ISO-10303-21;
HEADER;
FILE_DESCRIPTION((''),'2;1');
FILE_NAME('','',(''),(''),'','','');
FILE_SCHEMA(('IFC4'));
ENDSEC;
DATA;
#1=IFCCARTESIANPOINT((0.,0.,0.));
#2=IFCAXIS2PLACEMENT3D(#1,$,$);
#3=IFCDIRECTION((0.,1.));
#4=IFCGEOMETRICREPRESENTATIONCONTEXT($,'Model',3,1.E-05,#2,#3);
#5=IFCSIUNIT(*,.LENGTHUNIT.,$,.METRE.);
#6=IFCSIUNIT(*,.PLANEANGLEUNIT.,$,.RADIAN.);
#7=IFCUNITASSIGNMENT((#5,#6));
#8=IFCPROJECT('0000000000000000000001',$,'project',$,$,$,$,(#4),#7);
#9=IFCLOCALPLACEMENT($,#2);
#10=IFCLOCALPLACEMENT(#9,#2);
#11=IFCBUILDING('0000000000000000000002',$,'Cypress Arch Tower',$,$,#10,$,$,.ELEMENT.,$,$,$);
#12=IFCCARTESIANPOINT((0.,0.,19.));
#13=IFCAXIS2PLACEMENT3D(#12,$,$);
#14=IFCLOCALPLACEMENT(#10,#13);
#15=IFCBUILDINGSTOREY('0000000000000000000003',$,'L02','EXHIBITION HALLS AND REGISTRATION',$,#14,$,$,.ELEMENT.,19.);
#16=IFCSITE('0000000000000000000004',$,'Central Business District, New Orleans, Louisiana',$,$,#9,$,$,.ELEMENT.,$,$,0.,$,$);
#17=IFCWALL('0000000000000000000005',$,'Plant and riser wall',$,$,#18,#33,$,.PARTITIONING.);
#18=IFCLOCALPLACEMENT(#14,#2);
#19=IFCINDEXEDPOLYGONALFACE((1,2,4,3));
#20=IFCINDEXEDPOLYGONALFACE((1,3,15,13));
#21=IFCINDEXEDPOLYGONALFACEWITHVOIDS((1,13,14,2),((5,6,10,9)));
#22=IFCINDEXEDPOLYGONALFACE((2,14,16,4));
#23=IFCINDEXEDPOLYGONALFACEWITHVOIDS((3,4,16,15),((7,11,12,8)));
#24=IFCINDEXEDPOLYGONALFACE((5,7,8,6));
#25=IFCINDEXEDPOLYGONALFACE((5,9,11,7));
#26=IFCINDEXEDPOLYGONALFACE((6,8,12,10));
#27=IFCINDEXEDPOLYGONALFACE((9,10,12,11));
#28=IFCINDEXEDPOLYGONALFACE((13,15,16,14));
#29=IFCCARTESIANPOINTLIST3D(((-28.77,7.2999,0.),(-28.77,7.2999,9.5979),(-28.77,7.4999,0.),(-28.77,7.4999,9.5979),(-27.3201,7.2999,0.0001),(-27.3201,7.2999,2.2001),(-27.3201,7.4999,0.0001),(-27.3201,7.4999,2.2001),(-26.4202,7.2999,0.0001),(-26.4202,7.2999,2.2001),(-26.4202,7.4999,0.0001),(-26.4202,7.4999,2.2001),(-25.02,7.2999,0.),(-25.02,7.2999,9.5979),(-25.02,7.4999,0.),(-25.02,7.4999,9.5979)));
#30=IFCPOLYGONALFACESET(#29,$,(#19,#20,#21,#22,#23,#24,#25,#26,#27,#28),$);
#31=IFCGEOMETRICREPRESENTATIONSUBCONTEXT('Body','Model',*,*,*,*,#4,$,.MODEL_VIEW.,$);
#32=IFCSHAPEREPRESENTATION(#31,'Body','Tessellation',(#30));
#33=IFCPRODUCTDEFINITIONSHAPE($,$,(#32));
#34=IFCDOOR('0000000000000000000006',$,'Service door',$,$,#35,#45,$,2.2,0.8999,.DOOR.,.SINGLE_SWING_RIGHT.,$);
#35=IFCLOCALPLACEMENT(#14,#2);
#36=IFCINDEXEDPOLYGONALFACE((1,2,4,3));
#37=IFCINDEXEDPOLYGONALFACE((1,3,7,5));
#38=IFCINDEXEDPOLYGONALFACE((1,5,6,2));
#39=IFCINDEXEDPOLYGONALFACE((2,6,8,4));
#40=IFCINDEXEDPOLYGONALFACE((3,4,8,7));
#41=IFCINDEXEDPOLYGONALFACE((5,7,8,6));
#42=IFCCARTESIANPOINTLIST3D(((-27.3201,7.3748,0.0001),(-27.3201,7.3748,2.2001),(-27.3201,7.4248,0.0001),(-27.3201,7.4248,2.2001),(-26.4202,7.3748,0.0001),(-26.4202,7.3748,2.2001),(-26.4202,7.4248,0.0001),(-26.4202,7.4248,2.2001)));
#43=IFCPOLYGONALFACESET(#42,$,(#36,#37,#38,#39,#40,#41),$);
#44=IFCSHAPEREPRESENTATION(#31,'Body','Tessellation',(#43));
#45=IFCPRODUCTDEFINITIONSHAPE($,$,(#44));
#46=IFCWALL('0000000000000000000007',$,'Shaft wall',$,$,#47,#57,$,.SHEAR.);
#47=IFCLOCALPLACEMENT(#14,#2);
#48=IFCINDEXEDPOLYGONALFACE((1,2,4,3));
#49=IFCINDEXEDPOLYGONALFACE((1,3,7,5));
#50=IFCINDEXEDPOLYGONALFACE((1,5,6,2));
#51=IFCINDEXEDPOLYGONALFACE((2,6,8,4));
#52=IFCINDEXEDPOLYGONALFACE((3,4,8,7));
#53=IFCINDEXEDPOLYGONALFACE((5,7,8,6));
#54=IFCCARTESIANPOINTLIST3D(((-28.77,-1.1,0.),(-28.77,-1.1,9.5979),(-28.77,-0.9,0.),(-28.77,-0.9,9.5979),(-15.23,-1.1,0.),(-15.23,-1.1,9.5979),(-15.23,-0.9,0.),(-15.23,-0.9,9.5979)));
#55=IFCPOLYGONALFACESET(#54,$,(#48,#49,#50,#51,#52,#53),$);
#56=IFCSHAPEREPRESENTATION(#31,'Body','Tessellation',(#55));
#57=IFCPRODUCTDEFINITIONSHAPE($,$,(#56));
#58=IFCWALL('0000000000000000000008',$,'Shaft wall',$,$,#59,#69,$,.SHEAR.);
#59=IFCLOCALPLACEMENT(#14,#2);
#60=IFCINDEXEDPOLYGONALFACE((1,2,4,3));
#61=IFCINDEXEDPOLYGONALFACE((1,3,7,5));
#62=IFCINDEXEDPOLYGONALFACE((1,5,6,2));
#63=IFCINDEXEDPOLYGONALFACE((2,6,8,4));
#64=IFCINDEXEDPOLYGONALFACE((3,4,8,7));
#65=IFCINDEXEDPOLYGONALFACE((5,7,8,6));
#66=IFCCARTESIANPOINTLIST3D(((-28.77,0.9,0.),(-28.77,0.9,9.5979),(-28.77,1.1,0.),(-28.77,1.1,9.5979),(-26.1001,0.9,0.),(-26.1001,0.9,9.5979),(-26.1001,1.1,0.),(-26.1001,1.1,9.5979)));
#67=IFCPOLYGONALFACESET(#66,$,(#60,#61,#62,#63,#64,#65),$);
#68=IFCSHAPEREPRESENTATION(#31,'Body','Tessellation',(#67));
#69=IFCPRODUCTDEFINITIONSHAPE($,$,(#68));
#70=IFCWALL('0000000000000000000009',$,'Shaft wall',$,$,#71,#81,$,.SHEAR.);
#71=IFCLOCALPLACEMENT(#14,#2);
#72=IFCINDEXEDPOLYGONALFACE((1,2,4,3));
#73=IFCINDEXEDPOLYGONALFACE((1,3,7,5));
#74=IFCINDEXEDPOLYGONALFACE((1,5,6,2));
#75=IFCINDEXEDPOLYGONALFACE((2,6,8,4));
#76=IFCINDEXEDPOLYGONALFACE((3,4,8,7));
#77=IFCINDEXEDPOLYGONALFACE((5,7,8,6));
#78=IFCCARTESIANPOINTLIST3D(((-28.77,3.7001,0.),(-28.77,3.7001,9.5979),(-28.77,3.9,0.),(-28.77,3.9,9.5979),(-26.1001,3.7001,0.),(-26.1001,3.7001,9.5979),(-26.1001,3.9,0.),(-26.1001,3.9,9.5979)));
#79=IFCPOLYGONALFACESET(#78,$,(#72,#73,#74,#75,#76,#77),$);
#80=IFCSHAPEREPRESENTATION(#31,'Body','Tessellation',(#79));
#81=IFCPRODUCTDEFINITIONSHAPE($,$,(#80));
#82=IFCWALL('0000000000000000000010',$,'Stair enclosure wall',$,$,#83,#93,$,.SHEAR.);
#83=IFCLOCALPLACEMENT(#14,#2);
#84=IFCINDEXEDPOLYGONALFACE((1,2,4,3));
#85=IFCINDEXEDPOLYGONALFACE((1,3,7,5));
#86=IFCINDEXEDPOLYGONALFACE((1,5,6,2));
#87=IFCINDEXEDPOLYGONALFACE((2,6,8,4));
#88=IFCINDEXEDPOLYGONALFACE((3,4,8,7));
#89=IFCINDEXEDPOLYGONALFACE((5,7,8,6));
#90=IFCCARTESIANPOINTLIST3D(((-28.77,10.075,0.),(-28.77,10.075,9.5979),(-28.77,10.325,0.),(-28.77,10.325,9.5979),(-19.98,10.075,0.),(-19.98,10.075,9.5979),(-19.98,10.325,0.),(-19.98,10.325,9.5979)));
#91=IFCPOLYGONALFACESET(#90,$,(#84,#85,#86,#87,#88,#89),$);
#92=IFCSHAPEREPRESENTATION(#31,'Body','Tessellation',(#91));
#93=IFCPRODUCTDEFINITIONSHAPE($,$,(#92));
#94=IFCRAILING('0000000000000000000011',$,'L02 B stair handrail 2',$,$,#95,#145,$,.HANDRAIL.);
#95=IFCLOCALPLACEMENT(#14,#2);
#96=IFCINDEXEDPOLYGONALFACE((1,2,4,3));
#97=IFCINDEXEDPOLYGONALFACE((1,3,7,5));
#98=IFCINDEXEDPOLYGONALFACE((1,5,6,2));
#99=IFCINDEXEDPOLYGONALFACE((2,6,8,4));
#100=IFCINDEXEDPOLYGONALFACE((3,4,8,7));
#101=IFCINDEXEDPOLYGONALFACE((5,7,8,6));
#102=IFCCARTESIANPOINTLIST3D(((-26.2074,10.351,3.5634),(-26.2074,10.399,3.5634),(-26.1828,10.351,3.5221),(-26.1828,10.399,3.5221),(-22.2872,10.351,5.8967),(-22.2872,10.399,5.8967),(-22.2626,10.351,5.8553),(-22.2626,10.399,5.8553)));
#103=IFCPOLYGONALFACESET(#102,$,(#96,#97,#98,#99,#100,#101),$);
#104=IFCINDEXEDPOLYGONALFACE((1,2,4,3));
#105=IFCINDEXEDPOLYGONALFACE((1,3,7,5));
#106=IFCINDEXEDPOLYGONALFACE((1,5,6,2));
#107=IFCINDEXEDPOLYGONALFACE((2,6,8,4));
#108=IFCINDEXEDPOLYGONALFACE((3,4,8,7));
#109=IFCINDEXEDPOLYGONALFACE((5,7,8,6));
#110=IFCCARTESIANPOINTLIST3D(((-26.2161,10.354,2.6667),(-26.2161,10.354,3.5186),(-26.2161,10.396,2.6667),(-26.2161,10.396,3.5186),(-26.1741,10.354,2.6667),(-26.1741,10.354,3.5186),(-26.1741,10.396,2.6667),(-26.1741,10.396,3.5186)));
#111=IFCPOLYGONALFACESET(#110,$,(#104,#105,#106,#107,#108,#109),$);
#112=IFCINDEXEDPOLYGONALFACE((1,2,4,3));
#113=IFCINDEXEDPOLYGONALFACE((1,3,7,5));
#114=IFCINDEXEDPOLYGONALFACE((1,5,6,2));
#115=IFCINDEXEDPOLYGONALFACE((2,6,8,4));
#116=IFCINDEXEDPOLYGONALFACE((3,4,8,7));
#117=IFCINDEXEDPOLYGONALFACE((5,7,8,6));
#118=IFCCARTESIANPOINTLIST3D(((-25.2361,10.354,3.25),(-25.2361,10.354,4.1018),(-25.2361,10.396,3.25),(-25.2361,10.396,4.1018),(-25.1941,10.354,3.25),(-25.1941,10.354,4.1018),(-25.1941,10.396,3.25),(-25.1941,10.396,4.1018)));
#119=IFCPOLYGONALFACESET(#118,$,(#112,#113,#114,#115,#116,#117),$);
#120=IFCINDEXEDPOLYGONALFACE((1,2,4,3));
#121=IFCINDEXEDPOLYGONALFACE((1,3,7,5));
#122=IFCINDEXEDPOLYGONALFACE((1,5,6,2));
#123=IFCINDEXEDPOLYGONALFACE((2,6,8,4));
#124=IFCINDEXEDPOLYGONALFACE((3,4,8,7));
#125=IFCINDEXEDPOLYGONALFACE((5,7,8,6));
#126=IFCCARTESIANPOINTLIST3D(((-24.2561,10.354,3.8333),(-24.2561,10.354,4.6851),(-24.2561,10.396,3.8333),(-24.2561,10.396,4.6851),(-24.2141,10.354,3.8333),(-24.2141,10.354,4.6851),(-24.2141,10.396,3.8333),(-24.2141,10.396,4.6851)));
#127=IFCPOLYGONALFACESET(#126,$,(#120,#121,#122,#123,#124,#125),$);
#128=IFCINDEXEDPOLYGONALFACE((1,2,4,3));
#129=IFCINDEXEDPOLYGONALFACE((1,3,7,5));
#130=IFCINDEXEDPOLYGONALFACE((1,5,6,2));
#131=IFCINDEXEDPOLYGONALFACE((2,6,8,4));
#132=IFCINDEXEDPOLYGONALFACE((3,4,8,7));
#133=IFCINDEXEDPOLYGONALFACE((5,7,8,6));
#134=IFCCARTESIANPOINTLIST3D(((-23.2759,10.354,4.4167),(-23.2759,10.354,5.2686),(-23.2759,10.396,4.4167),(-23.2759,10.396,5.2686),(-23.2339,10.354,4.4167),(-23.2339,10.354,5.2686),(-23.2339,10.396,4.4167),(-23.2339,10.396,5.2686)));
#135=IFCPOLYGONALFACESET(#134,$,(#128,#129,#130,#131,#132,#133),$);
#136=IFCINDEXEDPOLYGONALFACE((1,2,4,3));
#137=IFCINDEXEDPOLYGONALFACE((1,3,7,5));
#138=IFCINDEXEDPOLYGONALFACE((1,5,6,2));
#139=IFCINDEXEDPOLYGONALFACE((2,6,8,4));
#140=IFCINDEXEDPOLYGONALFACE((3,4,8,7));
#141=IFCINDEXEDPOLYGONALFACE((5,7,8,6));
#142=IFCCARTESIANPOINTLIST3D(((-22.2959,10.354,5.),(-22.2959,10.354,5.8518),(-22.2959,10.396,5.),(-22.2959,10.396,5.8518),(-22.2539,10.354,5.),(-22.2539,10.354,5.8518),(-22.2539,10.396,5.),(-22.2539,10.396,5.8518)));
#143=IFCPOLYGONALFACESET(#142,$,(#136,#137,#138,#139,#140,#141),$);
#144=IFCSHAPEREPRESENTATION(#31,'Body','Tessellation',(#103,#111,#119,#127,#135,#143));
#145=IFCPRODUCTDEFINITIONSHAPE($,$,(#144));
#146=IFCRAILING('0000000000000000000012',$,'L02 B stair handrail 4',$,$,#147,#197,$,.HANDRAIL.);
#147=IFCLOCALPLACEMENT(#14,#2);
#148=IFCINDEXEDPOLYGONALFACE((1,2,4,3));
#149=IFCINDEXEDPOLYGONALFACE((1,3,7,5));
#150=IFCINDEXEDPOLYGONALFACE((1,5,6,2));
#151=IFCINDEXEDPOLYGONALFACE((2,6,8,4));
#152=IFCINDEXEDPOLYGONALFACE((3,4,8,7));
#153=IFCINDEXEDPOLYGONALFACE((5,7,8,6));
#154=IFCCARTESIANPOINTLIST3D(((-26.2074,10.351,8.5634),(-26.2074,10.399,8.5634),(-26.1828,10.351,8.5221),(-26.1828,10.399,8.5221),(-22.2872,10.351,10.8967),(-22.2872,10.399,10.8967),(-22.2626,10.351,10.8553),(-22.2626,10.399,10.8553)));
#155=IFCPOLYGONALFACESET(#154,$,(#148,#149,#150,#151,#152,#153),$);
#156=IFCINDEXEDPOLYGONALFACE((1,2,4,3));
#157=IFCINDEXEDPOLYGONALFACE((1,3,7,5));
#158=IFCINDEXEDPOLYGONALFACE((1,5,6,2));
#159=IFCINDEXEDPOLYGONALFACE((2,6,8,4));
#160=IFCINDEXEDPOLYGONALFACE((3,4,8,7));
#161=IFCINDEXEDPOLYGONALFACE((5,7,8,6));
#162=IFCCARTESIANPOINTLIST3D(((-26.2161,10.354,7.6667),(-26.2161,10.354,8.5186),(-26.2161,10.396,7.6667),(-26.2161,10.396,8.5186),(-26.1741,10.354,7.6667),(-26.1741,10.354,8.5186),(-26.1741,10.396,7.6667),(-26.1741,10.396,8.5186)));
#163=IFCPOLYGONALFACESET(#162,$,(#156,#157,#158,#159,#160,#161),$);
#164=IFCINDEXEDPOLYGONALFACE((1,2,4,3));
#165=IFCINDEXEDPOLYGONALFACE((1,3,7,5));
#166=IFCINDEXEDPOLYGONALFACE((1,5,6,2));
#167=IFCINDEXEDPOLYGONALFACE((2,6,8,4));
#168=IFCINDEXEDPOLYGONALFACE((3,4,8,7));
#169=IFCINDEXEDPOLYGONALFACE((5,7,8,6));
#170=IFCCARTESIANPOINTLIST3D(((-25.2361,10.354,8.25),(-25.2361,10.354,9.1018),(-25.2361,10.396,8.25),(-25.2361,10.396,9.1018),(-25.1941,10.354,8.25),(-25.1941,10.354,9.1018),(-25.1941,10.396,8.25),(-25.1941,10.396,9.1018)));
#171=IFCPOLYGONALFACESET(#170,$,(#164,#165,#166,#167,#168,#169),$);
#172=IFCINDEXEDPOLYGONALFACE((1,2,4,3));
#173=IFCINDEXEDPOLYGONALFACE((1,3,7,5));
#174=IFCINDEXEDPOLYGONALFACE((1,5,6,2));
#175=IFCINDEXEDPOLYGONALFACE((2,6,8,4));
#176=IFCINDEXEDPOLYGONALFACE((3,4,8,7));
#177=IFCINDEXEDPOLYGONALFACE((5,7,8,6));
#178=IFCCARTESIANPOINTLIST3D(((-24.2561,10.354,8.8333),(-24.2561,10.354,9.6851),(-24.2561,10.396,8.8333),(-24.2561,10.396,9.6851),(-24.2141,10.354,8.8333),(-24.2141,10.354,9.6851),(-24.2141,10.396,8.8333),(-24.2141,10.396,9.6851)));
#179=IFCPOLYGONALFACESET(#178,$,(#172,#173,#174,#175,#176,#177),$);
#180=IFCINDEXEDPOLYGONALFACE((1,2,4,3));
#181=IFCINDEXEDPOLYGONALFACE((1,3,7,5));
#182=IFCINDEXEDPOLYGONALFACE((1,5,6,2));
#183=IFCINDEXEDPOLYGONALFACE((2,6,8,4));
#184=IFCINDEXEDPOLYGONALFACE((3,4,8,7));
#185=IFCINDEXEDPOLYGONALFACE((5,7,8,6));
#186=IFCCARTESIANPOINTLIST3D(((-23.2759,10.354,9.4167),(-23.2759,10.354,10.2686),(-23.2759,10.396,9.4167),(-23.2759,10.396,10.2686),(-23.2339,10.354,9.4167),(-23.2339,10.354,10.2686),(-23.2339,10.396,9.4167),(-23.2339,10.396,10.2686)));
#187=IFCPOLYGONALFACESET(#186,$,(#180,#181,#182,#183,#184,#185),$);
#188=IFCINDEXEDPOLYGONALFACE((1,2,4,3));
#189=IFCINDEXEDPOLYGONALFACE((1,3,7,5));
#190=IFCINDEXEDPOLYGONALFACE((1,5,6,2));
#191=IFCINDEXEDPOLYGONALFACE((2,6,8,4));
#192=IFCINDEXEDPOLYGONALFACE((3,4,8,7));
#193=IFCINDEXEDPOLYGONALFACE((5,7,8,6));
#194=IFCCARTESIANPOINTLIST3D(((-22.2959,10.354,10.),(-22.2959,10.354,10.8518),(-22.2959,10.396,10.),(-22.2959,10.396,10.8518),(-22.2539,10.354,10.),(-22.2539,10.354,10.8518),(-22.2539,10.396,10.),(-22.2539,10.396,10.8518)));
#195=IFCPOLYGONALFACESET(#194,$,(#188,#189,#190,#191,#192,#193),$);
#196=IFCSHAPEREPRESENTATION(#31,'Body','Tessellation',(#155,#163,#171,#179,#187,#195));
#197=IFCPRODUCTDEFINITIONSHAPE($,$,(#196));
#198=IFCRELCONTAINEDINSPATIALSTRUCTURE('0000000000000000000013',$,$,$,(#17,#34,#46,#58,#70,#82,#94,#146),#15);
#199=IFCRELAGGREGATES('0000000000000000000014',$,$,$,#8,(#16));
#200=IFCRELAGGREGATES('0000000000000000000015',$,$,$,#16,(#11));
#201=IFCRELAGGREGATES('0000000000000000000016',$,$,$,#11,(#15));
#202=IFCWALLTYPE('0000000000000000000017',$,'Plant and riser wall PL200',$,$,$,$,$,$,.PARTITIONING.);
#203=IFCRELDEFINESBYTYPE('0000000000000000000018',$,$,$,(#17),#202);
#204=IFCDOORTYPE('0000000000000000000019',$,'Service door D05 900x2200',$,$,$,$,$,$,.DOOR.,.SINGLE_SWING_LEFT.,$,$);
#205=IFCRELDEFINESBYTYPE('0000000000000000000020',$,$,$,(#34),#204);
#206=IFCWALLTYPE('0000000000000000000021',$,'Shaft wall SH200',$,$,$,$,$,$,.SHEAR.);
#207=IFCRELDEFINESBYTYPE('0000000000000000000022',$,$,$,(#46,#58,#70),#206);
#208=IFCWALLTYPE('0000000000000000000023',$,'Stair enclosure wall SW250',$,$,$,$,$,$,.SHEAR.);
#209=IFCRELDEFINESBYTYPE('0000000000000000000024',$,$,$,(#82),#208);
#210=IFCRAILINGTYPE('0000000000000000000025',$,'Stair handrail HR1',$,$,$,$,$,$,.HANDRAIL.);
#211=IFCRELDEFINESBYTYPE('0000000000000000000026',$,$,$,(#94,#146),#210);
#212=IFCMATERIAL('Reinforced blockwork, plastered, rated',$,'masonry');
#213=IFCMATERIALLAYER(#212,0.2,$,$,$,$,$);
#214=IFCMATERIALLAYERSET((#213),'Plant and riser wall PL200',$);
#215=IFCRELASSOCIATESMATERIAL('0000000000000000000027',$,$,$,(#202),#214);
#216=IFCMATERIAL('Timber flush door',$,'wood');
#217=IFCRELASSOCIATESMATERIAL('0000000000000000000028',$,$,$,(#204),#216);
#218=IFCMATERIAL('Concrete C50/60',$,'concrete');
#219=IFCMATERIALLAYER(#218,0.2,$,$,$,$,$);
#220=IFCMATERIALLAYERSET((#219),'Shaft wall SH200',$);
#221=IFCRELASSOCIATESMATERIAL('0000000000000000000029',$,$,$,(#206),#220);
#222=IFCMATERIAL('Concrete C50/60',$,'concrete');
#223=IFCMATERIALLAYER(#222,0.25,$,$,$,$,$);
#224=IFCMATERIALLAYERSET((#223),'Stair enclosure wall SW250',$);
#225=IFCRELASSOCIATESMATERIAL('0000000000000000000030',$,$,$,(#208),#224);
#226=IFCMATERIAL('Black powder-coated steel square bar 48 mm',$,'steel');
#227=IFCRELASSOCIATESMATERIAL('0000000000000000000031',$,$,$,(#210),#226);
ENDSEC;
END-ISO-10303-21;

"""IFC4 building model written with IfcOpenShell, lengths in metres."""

from ifc_helpers import new_model, si_unit, direction, frame, frame_2d, origin, origin_2d, place, context, subcontext, project, spatial, rectangle, extrude, material, layer, layer_set, type_object, element, fill, save


model = new_model("IFC4")

# Units and contexts
model_context = context("Model", 3, precision=1e-05, world=origin(), true_north=direction((0.0, 1.0)))
body_context = subcontext(model_context, "Body", "Model", "MODEL_VIEW")
ifc_project = project(units=[si_unit("LENGTHUNIT", "METRE"), si_unit("PLANEANGLEUNIT", "RADIAN")], contexts=[model_context])

# Site, building, storey
site_placement = place(None, origin())
site = spatial("IfcSite", under=ifc_project, at=site_placement, Name="Central Business District, New Orleans, Louisiana", CompositionType="ELEMENT", RefElevation=0.0)
building_placement = place(site_placement, origin())
building = spatial("IfcBuilding", under=site, at=building_placement, Name="Cypress Arch Tower", CompositionType="ELEMENT")
storey_placement = place(building_placement, frame((0.0, 0.0, 19.0)))
storey = spatial("IfcBuildingStorey", under=building, at=storey_placement, Name="L02", Description="EXHIBITION HALLS AND REGISTRATION", CompositionType="ELEMENT", Elevation=19.0)

# Wall, opening, door
ifc_material_1 = material(Name="Reinforced blockwork, plastered, rated", Category="masonry")
ifc_layer_1 = layer(ifc_material_1, 0.2)
ifc_layer_set_1 = layer_set([ifc_layer_1], Name="Plant and riser wall PL200")
wall_type_1 = type_object("IfcWallType", Name="Plant and riser wall PL200", PredefinedType="PARTITIONING", material=ifc_layer_set_1)
wall_1_placement = place(storey_placement, frame((-28.77, 7.3999, 0.0), z_axis=(0.0, 0.0, 1.0), x_axis=(1.0, 0.0, 0.0)))
wall_1 = element("IfcWall", 1, at=wall_1_placement, inside=storey, type_object=wall_type_1, Name="Plant and riser wall", PredefinedType="PARTITIONING", context=body_context, shape_type="SweptSolid", body=[
    extrude(rectangle(XDim=3.75, YDim=0.2, at=frame_2d((1.875, 0.0))), origin(), (0.0, 0.0, 1.0), 9.5979),
])
opening_1_placement = place(wall_1_placement, frame((1.45, 0.0, 0.0)))
opening_1 = element("IfcOpeningElement", 2, at=opening_1_placement, cuts=wall_1, PredefinedType="OPENING", context=body_context, shape_type="SweptSolid", body=[
    extrude(rectangle(XDim=0.8999, YDim=2.2, at=frame_2d((0.45, 1.1001))), frame((0.0, 0.1099, 0.0), z_axis=(0.0, -1.0, 0.0), x_axis=(1.0, 0.0, 0.0)), (0.0, 0.0, 1.0), 0.22),
])
ifc_material_2 = material(Name="Timber flush door", Category="wood")
door_type = type_object("IfcDoorType", Name="Service door D05 900x2200", OperationType="SINGLE_SWING_LEFT", PredefinedType="DOOR", material=ifc_material_2)
door_placement = place(opening_1_placement, origin())
door = element("IfcDoor", 3, at=door_placement, inside=storey, type_object=door_type, Name="Service door", OperationType="SINGLE_SWING_RIGHT", OverallHeight=2.2, OverallWidth=0.8999, PredefinedType="DOOR", context=body_context, shape_type="SweptSolid", body=[
    extrude(rectangle(XDim=0.8999, YDim=2.2, at=frame_2d((0.45, 1.1001))), frame((0.0, 0.0249, 0.0), z_axis=(0.0, -1.0, 0.0), x_axis=(1.0, 0.0, 0.0)), (0.0, 0.0, 1.0), 0.05),
])
fill(opening_1, door)

# Walls
ifc_material_3 = material(Name="Concrete C50/60", Category="concrete")
ifc_layer_2 = layer(ifc_material_3, 0.2)
ifc_layer_set_2 = layer_set([ifc_layer_2], Name="Shaft wall SH200")
wall_type_2 = type_object("IfcWallType", Name="Shaft wall SH200", PredefinedType="SHEAR", material=ifc_layer_set_2)
wall_2_placement = place(storey_placement, frame((-28.77, -1.0, 0.0), z_axis=(0.0, 0.0, 1.0), x_axis=(1.0, 0.0, 0.0)))
element("IfcWall", 4, at=wall_2_placement, inside=storey, type_object=wall_type_2, Name="Shaft wall", PredefinedType="SHEAR", context=body_context, shape_type="SweptSolid", body=[
    extrude(rectangle(XDim=13.54, YDim=0.2, at=frame_2d((6.77, 0.0))), origin(), (0.0, 0.0, 1.0), 9.5979),
])
for number, where, z_axis, x_axis, name in (
    (5, (-28.77, 1.0, 0.0), (0.0, 0.0, 1.0), (1.0, 0.0, 0.0), "Shaft wall"),
    (6, (-28.77, 3.8, 0.0), (0.0, 0.0, 1.0), (1.0, 0.0, 0.0), "Shaft wall"),
):
    element("IfcWall", number, at=place(storey_placement, frame(where, z_axis=z_axis, x_axis=x_axis)), inside=storey, type_object=wall_type_2, Name=name, PredefinedType="SHEAR", context=body_context, shape_type="SweptSolid", body=[
        extrude(rectangle(XDim=2.6699, YDim=0.2, at=frame_2d((1.335, 0.0))), origin(), (0.0, 0.0, 1.0), 9.5979),
    ])
ifc_material_4 = material(Name="Concrete C50/60", Category="concrete")
ifc_layer_3 = layer(ifc_material_4, 0.25)
ifc_layer_set_3 = layer_set([ifc_layer_3], Name="Stair enclosure wall SW250")
wall_type_3 = type_object("IfcWallType", Name="Stair enclosure wall SW250", PredefinedType="SHEAR", material=ifc_layer_set_3)
wall_3_placement = place(storey_placement, frame((-28.77, 10.2, 0.0), z_axis=(0.0, 0.0, 1.0), x_axis=(1.0, 0.0, 0.0)))
element("IfcWall", 7, at=wall_3_placement, inside=storey, type_object=wall_type_3, Name="Stair enclosure wall", PredefinedType="SHEAR", context=body_context, shape_type="SweptSolid", body=[
    extrude(rectangle(XDim=8.79, YDim=0.25, at=frame_2d((4.395, 0.0))), origin(), (0.0, 0.0, 1.0), 9.5979),
])

# Railings
ifc_material_5 = material(Name="Black powder-coated steel square bar 48 mm", Category="steel")
railing_type_1 = type_object("IfcRailingType", Name="Stair handrail HR1", PredefinedType="HANDRAIL", material=ifc_material_5)
for number, where, name in (
    (8, (-26.1951, 10.375, 2.6667), "L02 B stair handrail 2"),
    (9, (-26.1951, 10.375, 7.6667), "L02 B stair handrail 4"),
):
    element("IfcRailing", number, at=place(storey_placement, frame(where)), inside=storey, type_object=railing_type_1, Name=name, PredefinedType="HANDRAIL", context=body_context, shape_type="SweptSolid", body=[
        extrude(rectangle(XDim=0.0481, YDim=0.0481, at=origin_2d()), frame((0.0, 0.0, 0.876), z_axis=(0.85931, 0.0, 0.511455), x_axis=(0.0, 1.0, 0.0)), (0.0, 0.0, 1.0), 4.562),
        extrude(rectangle(XDim=0.042, YDim=0.042, at=origin_2d()), origin(), (0.0, 0.0, 1.0), 0.8518),
        extrude(rectangle(XDim=0.042, YDim=0.042, at=origin_2d()), frame((0.98, 0.0, 0.5833)), (0.0, 0.0, 1.0), 0.8518),
        extrude(rectangle(XDim=0.042, YDim=0.042, at=origin_2d()), frame((1.96, 0.0, 1.1665)), (0.0, 0.0, 1.0), 0.8518),
        extrude(rectangle(XDim=0.042, YDim=0.042, at=origin_2d()), frame((2.9402, 0.0, 1.75)), (0.0, 0.0, 1.0), 0.8518),
        extrude(rectangle(XDim=0.042, YDim=0.042, at=origin_2d()), frame((3.9202, 0.0, 2.3333)), (0.0, 0.0, 1.0), 0.8518),
    ])

save(model, "model.ifc")
